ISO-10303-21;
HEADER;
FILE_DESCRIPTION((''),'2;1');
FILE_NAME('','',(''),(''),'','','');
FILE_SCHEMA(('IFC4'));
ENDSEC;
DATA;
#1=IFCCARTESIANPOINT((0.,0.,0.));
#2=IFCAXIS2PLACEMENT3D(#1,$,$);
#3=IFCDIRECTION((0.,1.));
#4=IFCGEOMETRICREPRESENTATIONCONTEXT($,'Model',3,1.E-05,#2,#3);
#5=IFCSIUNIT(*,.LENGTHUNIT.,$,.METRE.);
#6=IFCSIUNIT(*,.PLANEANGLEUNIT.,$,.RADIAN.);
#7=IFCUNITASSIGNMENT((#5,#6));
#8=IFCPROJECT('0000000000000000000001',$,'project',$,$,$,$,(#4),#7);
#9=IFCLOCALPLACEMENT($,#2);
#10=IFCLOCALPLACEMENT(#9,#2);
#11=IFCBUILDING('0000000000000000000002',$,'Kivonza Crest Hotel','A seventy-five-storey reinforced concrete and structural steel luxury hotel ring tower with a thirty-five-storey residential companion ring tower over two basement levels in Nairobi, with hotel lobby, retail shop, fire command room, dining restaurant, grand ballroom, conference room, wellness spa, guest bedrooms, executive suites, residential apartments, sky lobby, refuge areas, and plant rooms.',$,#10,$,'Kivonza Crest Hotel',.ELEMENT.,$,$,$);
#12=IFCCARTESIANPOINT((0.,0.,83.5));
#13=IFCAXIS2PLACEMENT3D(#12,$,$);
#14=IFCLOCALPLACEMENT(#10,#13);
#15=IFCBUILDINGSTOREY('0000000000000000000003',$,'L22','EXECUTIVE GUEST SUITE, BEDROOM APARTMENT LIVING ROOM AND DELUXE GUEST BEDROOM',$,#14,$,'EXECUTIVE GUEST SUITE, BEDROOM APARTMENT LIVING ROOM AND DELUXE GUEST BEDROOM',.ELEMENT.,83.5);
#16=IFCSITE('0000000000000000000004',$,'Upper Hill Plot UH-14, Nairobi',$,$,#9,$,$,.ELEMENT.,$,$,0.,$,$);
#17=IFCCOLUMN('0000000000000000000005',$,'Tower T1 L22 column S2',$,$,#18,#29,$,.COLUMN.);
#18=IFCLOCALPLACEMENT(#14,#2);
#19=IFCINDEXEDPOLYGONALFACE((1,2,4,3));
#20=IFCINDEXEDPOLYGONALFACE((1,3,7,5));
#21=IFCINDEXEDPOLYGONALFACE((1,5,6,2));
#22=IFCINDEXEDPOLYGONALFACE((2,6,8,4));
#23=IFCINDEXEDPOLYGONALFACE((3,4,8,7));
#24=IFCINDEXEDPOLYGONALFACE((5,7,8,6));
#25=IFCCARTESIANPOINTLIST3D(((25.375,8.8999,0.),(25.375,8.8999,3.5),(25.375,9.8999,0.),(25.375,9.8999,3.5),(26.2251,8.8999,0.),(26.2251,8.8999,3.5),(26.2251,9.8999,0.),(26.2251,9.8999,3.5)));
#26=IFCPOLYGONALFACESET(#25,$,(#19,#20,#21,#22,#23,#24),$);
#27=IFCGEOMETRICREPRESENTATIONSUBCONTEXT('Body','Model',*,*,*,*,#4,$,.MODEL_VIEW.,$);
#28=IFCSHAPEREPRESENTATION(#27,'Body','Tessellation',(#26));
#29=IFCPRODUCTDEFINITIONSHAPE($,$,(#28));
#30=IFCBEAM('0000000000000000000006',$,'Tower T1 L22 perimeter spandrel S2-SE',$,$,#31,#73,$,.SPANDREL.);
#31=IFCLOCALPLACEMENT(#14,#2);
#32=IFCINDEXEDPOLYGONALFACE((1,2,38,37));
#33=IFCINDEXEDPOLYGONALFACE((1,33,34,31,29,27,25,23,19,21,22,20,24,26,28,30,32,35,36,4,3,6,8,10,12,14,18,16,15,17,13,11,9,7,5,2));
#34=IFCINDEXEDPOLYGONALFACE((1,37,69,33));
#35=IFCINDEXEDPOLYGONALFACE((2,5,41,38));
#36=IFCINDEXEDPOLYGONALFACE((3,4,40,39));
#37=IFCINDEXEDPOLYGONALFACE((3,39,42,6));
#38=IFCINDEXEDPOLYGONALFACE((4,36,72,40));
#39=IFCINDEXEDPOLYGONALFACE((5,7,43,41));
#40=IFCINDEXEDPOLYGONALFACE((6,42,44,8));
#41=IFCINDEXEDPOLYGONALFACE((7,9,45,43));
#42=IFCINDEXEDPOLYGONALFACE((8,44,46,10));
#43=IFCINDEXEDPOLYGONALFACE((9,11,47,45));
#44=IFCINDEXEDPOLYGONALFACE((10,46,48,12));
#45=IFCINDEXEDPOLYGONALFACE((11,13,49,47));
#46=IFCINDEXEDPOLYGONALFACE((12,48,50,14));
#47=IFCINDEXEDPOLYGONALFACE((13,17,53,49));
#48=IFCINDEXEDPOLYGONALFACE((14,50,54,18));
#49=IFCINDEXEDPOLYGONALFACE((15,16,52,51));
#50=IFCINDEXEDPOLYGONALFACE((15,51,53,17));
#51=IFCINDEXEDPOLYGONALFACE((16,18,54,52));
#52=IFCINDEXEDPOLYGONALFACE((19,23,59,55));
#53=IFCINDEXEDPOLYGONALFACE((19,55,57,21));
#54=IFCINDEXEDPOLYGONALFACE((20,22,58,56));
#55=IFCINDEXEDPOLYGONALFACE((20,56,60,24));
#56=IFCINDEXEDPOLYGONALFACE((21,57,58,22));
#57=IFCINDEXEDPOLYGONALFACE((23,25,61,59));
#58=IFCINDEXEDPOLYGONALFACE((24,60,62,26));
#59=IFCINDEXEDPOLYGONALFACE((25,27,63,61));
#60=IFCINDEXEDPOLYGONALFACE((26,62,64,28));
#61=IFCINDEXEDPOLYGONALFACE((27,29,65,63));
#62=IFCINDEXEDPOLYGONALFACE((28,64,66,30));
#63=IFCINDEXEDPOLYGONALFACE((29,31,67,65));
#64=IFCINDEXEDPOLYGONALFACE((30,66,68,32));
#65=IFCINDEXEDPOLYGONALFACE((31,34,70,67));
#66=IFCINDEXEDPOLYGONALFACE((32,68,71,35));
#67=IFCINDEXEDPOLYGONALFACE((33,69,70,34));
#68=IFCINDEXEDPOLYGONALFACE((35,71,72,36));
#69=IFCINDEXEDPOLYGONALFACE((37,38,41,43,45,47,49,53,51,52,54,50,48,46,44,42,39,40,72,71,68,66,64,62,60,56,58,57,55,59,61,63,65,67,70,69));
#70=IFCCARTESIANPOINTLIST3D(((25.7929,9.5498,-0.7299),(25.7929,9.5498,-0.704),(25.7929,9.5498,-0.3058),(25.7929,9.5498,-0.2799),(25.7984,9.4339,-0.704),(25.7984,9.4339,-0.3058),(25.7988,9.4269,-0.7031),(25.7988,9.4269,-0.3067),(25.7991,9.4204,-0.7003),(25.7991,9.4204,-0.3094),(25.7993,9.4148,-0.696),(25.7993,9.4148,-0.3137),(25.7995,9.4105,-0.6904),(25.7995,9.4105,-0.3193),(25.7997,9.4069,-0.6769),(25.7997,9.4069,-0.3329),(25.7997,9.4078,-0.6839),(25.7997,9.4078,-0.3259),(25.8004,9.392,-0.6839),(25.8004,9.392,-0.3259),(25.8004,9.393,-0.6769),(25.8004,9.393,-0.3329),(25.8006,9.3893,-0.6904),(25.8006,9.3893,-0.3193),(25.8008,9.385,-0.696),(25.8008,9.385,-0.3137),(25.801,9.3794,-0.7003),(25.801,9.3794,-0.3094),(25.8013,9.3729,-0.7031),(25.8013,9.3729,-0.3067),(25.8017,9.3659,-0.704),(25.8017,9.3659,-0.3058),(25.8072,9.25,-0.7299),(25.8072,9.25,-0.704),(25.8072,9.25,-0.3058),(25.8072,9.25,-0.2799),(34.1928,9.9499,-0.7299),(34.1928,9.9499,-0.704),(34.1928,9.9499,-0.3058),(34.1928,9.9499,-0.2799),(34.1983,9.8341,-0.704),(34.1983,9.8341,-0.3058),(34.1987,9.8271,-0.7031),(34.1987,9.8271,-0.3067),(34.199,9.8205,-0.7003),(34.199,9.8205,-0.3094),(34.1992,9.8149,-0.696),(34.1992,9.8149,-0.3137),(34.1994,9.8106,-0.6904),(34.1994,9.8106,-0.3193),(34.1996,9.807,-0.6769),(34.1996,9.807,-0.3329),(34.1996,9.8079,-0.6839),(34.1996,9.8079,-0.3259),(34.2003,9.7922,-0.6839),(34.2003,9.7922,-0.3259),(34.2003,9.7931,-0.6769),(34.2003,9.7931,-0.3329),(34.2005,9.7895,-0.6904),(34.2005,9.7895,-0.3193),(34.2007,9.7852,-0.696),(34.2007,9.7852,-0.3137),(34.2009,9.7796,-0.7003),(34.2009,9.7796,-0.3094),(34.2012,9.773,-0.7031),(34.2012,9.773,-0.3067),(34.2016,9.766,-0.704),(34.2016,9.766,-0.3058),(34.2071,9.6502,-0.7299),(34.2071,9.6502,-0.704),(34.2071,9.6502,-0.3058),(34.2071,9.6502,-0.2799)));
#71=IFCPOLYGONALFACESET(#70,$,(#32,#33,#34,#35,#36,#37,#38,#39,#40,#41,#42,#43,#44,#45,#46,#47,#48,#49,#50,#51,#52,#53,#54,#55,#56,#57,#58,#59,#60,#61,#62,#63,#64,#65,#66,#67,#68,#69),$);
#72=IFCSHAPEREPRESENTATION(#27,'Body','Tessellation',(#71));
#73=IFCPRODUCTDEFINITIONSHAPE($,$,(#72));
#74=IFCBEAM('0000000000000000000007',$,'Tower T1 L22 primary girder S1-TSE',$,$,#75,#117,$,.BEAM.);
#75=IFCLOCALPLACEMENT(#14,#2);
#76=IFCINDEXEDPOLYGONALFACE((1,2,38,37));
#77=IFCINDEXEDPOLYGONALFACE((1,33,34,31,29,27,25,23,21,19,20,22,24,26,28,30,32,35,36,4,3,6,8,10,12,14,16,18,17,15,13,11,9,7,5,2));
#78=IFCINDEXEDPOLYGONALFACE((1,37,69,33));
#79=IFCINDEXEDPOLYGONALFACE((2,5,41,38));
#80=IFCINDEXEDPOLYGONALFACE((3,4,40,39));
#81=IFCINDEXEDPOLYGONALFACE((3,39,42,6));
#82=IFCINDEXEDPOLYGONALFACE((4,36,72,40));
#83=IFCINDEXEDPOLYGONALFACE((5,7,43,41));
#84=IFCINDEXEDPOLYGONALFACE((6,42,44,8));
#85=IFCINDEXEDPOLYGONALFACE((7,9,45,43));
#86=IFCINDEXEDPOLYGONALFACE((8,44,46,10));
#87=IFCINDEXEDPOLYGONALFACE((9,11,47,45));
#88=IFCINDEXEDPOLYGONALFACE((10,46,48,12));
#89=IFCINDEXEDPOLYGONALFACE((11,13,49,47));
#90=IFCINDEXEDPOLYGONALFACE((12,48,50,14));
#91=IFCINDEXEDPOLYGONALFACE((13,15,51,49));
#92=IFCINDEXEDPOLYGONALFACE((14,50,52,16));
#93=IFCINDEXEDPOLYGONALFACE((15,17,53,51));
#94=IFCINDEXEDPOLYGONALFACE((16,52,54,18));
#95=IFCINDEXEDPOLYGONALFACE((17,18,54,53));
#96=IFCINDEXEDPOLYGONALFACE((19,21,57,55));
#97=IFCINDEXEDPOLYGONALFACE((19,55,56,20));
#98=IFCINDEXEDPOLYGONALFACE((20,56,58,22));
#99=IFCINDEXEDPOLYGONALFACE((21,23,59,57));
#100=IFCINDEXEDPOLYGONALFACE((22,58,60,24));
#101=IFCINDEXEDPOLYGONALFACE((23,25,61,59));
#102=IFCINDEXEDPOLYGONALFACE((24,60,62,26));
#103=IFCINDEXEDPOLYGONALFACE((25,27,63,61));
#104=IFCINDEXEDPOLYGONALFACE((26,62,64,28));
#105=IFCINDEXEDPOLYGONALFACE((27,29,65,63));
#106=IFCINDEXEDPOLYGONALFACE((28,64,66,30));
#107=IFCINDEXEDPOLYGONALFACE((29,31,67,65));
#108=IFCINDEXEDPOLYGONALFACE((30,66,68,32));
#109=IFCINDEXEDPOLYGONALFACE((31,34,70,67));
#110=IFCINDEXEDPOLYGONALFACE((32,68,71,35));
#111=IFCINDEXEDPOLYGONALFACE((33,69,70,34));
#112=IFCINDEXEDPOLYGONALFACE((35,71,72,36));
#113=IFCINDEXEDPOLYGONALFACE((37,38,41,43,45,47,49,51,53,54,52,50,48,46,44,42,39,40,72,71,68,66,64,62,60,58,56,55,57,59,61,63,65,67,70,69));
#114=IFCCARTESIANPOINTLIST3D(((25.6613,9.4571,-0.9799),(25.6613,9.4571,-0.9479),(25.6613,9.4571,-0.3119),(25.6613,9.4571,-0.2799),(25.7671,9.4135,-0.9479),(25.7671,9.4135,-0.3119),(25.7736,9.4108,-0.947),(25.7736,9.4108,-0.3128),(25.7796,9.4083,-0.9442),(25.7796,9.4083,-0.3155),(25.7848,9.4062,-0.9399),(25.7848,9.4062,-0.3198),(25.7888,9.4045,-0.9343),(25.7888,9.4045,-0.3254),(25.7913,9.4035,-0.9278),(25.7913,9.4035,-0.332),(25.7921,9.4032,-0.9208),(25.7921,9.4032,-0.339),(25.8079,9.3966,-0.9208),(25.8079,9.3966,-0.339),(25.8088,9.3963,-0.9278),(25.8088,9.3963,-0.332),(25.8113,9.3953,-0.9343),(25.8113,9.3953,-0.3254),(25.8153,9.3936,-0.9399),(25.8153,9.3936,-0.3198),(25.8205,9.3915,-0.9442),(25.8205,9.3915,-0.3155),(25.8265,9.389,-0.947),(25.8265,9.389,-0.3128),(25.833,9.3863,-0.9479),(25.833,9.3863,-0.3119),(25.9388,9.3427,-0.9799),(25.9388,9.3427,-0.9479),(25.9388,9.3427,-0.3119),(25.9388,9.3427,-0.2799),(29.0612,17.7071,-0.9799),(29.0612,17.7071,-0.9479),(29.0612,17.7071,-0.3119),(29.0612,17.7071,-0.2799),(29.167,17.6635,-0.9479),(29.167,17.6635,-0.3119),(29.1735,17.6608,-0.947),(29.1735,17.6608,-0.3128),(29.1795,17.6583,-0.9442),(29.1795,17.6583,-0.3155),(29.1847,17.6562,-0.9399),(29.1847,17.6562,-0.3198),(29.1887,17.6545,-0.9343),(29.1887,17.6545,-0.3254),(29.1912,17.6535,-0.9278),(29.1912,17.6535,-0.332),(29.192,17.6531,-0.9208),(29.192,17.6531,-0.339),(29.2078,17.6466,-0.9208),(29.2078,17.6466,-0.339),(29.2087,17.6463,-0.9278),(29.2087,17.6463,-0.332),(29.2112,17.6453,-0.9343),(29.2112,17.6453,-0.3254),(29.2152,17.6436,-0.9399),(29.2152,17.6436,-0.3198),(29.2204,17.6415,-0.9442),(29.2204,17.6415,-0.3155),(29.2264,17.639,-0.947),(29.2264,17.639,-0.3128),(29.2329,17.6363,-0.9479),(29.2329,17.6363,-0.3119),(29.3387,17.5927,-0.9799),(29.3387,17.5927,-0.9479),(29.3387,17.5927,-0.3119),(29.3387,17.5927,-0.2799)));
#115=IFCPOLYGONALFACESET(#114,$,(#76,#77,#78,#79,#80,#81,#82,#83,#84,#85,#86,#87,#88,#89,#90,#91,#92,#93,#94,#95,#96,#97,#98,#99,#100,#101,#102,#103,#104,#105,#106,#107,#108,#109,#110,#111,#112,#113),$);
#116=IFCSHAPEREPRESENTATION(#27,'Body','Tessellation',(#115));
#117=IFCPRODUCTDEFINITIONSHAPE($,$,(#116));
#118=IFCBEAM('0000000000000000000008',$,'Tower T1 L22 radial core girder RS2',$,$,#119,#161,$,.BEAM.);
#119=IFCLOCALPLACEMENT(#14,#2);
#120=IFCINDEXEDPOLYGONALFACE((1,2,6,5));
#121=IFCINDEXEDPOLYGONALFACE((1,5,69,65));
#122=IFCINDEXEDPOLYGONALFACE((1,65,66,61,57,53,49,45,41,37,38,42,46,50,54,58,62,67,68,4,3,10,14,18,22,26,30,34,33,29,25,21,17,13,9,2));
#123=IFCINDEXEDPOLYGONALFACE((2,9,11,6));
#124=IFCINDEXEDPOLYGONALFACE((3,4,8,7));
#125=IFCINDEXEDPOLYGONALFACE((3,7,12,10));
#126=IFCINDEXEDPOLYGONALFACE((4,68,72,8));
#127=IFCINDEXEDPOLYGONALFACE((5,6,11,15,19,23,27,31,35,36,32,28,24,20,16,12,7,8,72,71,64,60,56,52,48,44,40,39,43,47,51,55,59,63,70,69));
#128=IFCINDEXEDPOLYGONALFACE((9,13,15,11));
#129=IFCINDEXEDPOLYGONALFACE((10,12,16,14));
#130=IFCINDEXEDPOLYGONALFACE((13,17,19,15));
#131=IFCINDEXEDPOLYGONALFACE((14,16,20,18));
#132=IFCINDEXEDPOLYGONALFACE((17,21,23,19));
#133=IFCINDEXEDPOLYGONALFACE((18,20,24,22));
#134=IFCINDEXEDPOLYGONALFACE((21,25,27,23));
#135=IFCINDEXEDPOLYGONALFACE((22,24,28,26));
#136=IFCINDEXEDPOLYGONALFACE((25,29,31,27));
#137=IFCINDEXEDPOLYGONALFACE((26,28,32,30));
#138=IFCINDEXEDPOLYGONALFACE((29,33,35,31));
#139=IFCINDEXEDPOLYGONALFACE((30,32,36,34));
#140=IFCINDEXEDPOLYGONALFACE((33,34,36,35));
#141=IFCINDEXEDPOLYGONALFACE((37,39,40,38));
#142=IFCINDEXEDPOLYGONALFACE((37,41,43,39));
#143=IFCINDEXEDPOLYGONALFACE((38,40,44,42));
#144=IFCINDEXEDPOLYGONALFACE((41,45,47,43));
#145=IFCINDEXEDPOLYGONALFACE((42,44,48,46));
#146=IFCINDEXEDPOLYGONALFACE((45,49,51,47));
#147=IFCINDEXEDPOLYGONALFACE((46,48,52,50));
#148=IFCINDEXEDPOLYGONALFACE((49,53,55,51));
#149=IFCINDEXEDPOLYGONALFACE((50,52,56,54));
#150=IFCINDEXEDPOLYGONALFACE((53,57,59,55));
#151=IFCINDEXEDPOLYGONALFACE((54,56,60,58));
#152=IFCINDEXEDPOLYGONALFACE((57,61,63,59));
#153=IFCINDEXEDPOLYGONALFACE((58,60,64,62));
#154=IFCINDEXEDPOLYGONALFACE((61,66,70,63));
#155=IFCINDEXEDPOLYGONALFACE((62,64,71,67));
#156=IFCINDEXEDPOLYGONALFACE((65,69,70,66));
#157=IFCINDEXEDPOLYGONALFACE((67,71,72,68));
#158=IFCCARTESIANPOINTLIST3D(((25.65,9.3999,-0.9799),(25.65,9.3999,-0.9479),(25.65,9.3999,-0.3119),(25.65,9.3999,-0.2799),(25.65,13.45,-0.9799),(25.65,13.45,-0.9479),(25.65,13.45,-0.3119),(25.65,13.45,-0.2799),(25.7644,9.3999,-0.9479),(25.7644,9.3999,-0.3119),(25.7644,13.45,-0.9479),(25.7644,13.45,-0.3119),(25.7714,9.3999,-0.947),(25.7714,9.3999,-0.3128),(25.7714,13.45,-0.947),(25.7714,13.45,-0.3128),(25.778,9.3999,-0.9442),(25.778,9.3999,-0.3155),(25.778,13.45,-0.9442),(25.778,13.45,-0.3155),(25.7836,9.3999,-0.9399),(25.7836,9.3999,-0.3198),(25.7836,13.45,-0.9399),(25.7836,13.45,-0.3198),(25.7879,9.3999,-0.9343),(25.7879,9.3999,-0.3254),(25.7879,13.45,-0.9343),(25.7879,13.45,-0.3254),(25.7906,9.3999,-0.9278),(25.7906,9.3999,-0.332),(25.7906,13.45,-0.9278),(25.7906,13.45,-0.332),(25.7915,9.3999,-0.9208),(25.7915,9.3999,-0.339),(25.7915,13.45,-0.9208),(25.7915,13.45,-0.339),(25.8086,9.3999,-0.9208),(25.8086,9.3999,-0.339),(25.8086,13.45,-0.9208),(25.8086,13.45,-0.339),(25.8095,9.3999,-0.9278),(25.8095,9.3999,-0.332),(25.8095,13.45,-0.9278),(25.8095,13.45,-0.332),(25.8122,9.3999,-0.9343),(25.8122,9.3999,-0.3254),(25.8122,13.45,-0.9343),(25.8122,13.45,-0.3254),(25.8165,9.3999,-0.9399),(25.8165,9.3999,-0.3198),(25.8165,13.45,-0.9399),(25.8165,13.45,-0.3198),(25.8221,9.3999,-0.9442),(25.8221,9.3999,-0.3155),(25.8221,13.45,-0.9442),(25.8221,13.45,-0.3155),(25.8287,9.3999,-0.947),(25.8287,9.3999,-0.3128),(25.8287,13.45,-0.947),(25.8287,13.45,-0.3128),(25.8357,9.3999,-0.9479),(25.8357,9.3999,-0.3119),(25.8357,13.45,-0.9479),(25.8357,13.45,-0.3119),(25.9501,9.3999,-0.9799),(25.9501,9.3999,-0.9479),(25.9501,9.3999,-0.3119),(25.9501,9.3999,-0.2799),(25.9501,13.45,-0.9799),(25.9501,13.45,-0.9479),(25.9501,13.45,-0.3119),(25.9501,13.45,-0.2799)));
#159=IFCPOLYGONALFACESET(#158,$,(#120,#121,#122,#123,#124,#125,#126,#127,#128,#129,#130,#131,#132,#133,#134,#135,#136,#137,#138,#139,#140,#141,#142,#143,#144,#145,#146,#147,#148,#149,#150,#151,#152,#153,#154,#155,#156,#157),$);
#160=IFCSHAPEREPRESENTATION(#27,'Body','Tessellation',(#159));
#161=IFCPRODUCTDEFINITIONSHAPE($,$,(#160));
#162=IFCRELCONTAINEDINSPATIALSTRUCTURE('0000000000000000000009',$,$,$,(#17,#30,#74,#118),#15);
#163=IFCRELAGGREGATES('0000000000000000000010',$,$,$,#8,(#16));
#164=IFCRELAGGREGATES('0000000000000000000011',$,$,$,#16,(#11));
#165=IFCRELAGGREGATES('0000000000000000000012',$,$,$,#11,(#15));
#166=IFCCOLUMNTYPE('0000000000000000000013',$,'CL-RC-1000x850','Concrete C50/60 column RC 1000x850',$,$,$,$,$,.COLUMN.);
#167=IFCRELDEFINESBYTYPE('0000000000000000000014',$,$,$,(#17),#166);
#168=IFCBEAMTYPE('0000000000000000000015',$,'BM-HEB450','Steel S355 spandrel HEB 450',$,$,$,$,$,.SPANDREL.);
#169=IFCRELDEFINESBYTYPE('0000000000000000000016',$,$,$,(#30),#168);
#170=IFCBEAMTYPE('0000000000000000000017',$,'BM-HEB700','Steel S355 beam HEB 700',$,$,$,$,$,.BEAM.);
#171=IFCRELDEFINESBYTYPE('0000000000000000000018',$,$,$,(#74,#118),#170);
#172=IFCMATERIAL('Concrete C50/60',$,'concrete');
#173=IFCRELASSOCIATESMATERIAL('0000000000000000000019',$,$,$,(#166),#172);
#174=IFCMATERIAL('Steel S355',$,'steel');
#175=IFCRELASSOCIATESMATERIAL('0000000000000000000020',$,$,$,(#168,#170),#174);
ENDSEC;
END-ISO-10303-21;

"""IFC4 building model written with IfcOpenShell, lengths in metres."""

from ifc_helpers import new_model, si_unit, direction, frame, origin, origin_2d, place, context, subcontext, project, spatial, rectangle, i_section, extrude, material, material_profile, profile_set, type_object, element, save


model = new_model("IFC4")

# Units and contexts
model_context = context("Model", 3, precision=1e-05, world=origin(), true_north=direction((0.0, 1.0)))
body_context = subcontext(model_context, "Body", "Model", "MODEL_VIEW")
ifc_project = project(units=[si_unit("LENGTHUNIT", "METRE"), si_unit("PLANEANGLEUNIT", "RADIAN")], contexts=[model_context])

# Site, building, storey
site_placement = place(None, origin())
site = spatial("IfcSite", under=ifc_project, at=site_placement, Name="Upper Hill Plot UH-14, Nairobi", CompositionType="ELEMENT", RefElevation=0.0)
building_placement = place(site_placement, origin())
building = spatial("IfcBuilding", under=site, at=building_placement, Name="Kivonza Crest Hotel", Description="A seventy-five-storey reinforced concrete and structural steel luxury hotel ring tower with a thirty-five-storey residential companion ring tower over two basement levels in Nairobi, with hotel lobby, retail shop, fire command room, dining restaurant, grand ballroom, conference room, wellness spa, guest bedrooms, executive suites, residential apartments, sky lobby, refuge areas, and plant rooms.", LongName="Kivonza Crest Hotel", CompositionType="ELEMENT")
storey_placement = place(building_placement, frame((0.0, 0.0, 83.5)))
storey = spatial("IfcBuildingStorey", under=building, at=storey_placement, Name="L22", Description="EXECUTIVE GUEST SUITE, BEDROOM APARTMENT LIVING ROOM AND DELUXE GUEST BEDROOM", LongName="EXECUTIVE GUEST SUITE, BEDROOM APARTMENT LIVING ROOM AND DELUXE GUEST BEDROOM", CompositionType="ELEMENT", Elevation=83.5)

# Column
ifc_material_1 = material(Name="Concrete C50/60", Category="concrete")
ifc_material_profile_1 = material_profile(ifc_material_1, rectangle(XDim=0.8501, YDim=1.0, at=origin_2d()), Name="RC 1000x850")
ifc_profile_set_1 = profile_set([ifc_material_profile_1], Name="Concrete C50/60")
column_type = type_object("IfcColumnType", Name="CL-RC-1000x850", Description="Concrete C50/60 column RC 1000x850", PredefinedType="COLUMN", material=ifc_profile_set_1)
column_placement = place(storey_placement, frame((25.8, 9.3999, 0.0), z_axis=(0.0, 0.0, 1.0), x_axis=(1.0, 0.0, 0.0)))
element("IfcColumn", 1, at=column_placement, inside=storey, type_object=column_type, Name="Tower T1 L22 column S2", PredefinedType="COLUMN", context=body_context, shape_type="SweptSolid", body=[
    extrude(rectangle(XDim=0.8501, YDim=1.0, at=origin_2d()), origin(), (0.0, 0.0, 1.0), 3.5),
])

# Beams
ifc_material_2 = material(Name="Steel S355", Category="steel")
ifc_material_profile_2 = material_profile(ifc_material_2, i_section(OverallWidth=0.3, OverallDepth=0.45, WebThickness=0.0139, FlangeThickness=0.0259, FilletRadius=0.0271, at=origin_2d()), Name="HEB 450")
ifc_profile_set_2 = profile_set([ifc_material_profile_2], Name="Steel S355")
beam_type_1 = type_object("IfcBeamType", Name="BM-HEB450", Description="Steel S355 spandrel HEB 450", PredefinedType="SPANDREL", material=ifc_profile_set_2)
beam_1_placement = place(storey_placement, frame((25.8, 9.3999, -0.5049), z_axis=(0.998867, 0.047583, 0.0), x_axis=(-0.047583, 0.998867, 0.0)))
element("IfcBeam", 2, at=beam_1_placement, inside=storey, type_object=beam_type_1, Name="Tower T1 L22 perimeter spandrel S2-SE", PredefinedType="SPANDREL", context=body_context, shape_type="SweptSolid", body=[
    extrude(i_section(OverallWidth=0.3, OverallDepth=0.45, WebThickness=0.0139, FlangeThickness=0.0259, FilletRadius=0.0271, at=origin_2d()), origin(), (0.0, 0.0, 1.0), 8.4094),
])
ifc_material_profile_3 = material_profile(ifc_material_2, i_section(OverallWidth=0.3, OverallDepth=0.7, WebThickness=0.0171, FlangeThickness=0.032, FilletRadius=0.0271, at=origin_2d()), Name="HEB 700")
ifc_profile_set_3 = profile_set([ifc_material_profile_3], Name="Steel S355")
beam_type_2 = type_object("IfcBeamType", Name="BM-HEB700", Description="Steel S355 beam HEB 700", PredefinedType="BEAM", material=ifc_profile_set_3)
beam_2_placement = place(storey_placement, frame((25.8, 9.3999, -0.6299), z_axis=(0.381022, 0.924566, 0.0), x_axis=(-0.924566, 0.381022, 0.0)))
element("IfcBeam", 3, at=beam_2_placement, inside=storey, type_object=beam_type_2, Name="Tower T1 L22 primary girder S1-TSE", PredefinedType="BEAM", context=body_context, shape_type="SweptSolid", body=[
    extrude(i_section(OverallWidth=0.3, OverallDepth=0.7, WebThickness=0.0171, FlangeThickness=0.032, FilletRadius=0.0271, at=origin_2d()), origin(), (0.0, 0.0, 1.0), 8.9231),
])
beam_3_placement = place(storey_placement, frame((25.8, 9.3999, -0.6299), z_axis=(0.0, 1.0, 0.0), x_axis=(-1.0, 0.0, 0.0)))
element("IfcBeam", 4, at=beam_3_placement, inside=storey, type_object=beam_type_2, Name="Tower T1 L22 radial core girder RS2", PredefinedType="BEAM", context=body_context, shape_type="SweptSolid", body=[
    extrude(i_section(OverallWidth=0.3, OverallDepth=0.7, WebThickness=0.0171, FlangeThickness=0.032, FilletRadius=0.0271, at=origin_2d()), origin(), (0.0, 0.0, 1.0), 4.05),
])

save(model, "model.ifc")
